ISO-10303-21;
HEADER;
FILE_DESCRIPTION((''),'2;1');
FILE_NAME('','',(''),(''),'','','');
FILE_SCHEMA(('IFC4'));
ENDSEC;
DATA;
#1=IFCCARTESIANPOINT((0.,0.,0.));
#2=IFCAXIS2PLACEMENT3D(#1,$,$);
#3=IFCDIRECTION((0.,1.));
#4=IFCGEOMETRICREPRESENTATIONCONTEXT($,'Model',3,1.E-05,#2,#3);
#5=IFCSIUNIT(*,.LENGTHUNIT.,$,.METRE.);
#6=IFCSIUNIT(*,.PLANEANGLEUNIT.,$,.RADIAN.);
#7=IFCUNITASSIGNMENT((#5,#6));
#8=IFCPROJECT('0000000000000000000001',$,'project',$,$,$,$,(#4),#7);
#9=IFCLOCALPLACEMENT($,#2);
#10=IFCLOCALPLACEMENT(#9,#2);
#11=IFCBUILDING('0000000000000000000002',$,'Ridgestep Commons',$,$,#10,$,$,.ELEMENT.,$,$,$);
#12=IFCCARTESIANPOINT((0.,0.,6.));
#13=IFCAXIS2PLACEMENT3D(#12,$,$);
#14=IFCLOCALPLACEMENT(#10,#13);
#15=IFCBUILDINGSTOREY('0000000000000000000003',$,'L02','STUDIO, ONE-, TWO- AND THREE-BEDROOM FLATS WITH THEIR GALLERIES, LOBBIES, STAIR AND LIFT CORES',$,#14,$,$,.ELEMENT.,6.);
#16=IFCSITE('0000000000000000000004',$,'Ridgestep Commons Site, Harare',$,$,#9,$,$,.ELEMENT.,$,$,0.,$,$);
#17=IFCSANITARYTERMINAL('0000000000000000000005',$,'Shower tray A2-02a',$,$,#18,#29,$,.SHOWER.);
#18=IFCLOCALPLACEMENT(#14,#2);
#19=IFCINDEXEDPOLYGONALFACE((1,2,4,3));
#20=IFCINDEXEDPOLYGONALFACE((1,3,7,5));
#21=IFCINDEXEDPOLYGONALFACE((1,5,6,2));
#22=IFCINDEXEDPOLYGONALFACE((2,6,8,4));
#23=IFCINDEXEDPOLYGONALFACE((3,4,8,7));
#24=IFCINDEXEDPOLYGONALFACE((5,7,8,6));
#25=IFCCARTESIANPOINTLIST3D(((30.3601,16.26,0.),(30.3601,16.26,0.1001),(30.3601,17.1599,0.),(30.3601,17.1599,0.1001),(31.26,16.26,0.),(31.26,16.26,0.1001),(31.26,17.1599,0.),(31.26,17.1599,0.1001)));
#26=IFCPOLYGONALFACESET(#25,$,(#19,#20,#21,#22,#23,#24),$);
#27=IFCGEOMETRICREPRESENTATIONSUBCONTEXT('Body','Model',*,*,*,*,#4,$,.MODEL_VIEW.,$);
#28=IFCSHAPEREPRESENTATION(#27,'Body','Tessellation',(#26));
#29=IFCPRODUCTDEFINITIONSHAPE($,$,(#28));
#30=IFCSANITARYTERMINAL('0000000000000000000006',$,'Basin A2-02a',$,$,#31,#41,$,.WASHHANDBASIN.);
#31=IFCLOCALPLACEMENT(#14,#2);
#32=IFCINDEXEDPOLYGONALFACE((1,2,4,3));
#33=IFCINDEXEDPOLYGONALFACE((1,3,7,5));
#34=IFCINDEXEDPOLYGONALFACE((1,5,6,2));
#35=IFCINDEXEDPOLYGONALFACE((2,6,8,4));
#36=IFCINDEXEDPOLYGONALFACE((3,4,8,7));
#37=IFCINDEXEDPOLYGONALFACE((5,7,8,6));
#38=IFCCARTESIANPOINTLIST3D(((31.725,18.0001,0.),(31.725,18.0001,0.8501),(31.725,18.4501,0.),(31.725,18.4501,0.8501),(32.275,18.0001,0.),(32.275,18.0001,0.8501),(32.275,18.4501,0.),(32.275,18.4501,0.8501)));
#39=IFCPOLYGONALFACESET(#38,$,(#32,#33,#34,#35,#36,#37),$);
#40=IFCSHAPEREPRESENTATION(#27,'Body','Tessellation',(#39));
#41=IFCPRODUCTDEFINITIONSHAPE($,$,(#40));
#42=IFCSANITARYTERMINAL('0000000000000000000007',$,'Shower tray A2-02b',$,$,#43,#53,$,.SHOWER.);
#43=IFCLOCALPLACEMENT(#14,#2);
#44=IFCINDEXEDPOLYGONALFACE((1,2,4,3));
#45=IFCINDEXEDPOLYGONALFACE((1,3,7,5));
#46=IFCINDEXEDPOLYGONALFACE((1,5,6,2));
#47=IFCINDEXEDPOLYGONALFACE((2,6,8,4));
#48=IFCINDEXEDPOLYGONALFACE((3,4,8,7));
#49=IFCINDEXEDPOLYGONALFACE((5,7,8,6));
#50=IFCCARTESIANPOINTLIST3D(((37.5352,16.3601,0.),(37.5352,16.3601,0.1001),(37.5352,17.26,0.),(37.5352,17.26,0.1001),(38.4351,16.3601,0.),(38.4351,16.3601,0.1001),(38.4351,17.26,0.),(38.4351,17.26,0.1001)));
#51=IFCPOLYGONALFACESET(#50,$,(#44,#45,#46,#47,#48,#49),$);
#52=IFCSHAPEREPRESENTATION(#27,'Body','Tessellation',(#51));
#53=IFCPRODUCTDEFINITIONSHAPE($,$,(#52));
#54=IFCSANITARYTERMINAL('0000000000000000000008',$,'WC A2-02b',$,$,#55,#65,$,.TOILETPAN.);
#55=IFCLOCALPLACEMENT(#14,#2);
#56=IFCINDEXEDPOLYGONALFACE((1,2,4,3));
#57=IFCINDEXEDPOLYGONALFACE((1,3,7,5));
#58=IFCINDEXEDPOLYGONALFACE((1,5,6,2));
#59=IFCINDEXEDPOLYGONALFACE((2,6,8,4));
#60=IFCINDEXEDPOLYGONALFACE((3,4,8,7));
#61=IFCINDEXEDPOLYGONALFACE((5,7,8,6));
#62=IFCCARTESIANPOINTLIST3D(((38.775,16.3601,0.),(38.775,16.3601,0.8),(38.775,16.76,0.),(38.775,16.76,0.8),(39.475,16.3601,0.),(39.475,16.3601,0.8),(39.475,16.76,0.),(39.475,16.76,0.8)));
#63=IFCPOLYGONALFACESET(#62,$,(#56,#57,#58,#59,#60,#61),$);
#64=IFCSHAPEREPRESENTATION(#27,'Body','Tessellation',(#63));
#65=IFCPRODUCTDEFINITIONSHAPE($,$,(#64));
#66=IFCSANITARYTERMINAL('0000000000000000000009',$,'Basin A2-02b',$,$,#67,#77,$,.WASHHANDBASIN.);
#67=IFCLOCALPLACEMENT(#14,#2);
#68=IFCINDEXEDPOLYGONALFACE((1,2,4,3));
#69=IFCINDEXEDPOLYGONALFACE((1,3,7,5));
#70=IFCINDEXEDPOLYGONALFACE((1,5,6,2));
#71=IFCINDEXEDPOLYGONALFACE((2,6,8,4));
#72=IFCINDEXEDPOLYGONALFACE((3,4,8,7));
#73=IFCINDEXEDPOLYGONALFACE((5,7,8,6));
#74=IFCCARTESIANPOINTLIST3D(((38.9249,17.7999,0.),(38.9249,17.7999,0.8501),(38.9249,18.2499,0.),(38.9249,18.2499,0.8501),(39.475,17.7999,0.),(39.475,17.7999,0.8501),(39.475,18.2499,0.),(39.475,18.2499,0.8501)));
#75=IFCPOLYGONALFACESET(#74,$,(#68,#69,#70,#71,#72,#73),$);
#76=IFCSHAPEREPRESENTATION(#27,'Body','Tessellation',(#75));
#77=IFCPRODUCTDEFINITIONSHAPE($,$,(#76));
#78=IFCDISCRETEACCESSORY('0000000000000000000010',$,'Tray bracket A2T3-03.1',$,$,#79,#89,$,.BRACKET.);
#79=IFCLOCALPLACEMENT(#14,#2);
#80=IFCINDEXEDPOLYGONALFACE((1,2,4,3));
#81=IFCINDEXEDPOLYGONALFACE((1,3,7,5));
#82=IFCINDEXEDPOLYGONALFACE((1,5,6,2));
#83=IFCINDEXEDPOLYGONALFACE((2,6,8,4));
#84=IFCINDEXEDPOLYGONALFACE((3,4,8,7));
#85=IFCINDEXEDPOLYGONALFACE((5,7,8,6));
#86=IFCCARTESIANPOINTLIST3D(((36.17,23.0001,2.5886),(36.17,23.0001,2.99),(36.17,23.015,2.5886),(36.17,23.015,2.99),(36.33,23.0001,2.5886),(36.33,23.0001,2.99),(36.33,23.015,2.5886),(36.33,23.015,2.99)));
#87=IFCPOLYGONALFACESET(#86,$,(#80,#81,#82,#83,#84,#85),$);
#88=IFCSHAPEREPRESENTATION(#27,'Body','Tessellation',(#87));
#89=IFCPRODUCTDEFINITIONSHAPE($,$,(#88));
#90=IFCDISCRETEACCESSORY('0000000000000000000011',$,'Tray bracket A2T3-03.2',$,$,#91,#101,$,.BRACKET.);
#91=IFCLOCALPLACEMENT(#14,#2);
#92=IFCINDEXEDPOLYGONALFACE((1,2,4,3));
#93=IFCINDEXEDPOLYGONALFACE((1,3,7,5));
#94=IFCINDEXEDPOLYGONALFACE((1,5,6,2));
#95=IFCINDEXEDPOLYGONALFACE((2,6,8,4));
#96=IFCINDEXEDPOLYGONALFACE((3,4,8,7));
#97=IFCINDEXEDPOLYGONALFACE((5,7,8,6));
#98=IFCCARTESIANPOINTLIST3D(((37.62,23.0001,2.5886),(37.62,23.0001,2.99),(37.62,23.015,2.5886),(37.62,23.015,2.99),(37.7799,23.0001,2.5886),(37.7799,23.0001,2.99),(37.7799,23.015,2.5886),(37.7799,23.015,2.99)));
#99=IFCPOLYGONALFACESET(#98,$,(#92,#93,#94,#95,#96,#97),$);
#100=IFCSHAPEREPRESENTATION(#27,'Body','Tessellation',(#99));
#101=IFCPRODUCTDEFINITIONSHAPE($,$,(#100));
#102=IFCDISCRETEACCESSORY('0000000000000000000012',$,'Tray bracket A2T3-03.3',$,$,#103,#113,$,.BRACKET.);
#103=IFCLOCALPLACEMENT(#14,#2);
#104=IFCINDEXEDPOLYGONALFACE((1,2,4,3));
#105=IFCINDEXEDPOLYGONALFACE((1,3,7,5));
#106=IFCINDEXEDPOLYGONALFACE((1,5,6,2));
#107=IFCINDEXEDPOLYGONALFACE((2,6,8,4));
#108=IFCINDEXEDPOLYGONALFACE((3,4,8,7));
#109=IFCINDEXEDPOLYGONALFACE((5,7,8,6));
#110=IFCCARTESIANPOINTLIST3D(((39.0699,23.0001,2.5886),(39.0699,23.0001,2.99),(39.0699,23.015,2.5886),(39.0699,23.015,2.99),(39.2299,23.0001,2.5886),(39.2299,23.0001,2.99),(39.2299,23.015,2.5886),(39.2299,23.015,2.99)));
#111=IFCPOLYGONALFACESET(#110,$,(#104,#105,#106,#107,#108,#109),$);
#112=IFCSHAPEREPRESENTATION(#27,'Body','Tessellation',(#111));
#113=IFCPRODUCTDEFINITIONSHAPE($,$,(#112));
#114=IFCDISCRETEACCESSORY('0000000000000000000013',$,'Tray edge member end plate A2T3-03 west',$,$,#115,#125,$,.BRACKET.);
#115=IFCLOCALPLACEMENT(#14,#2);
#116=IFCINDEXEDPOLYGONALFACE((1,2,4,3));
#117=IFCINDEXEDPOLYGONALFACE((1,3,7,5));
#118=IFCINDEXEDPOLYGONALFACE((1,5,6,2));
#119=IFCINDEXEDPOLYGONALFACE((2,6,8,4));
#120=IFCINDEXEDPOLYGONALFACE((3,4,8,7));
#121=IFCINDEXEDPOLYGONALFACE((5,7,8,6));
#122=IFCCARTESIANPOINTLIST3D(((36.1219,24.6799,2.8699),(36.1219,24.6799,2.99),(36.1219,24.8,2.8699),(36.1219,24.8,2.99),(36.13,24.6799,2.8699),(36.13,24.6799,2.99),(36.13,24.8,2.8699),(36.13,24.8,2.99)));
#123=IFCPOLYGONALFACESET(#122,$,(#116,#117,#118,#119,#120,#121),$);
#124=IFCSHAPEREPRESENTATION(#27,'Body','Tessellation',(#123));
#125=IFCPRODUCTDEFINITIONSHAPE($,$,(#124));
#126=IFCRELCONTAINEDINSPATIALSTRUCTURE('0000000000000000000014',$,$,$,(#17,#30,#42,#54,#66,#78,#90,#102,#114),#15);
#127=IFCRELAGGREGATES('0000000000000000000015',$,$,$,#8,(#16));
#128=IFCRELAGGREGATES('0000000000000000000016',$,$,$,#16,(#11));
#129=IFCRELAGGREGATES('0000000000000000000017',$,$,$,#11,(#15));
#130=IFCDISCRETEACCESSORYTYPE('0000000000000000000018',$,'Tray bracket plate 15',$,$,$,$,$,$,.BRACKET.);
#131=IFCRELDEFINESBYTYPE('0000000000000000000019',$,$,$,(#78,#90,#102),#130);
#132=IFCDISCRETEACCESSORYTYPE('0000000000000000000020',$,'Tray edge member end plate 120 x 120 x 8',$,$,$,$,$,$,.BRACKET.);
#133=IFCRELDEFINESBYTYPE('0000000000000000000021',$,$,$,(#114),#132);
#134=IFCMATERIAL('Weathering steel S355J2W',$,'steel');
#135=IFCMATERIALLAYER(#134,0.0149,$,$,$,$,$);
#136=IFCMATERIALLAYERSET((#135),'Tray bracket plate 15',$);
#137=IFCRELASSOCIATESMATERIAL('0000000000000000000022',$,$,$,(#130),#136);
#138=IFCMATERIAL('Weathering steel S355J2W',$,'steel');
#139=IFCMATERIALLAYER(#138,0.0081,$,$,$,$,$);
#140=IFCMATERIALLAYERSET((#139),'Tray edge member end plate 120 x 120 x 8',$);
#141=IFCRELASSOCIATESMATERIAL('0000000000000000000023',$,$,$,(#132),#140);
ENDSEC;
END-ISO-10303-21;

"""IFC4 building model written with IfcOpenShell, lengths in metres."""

from ifc_helpers import new_model, si_unit, direction, frame, origin, origin_2d, place, context, subcontext, project, spatial, rectangle, extrude, material, layer, layer_set, type_object, element, save


model = new_model("IFC4")

# Units and contexts
model_context = context("Model", 3, precision=1e-05, world=origin(), true_north=direction((0.0, 1.0)))
body_context = subcontext(model_context, "Body", "Model", "MODEL_VIEW")
ifc_project = project(units=[si_unit("LENGTHUNIT", "METRE"), si_unit("PLANEANGLEUNIT", "RADIAN")], contexts=[model_context])

# Site, building, storey
site_placement = place(None, origin())
site = spatial("IfcSite", under=ifc_project, at=site_placement, Name="Ridgestep Commons Site, Harare", CompositionType="ELEMENT", RefElevation=0.0)
building_placement = place(site_placement, origin())
building = spatial("IfcBuilding", under=site, at=building_placement, Name="Ridgestep Commons", CompositionType="ELEMENT")
storey_placement = place(building_placement, frame((0.0, 0.0, 6.0)))
storey = spatial("IfcBuildingStorey", under=building, at=storey_placement, Name="L02", Description="STUDIO, ONE-, TWO- AND THREE-BEDROOM FLATS WITH THEIR GALLERIES, LOBBIES, STAIR AND LIFT CORES", CompositionType="ELEMENT", Elevation=6.0)

# Sanitary terminals
sanitary_terminal_1_placement = place(storey_placement, frame((30.8101, 16.71, 0.0), z_axis=(0.0, 0.0, 1.0), x_axis=(1.0, 0.0, 0.0)))
element("IfcSanitaryTerminal", 1, at=sanitary_terminal_1_placement, inside=storey, Name="Shower tray A2-02a", PredefinedType="SHOWER", context=body_context, shape_type="SweptSolid", body=[
    extrude(rectangle(XDim=0.8999, YDim=0.8999, at=origin_2d()), origin(), (0.0, 0.0, 1.0), 0.1001),
])
sanitary_terminal_2_placement = place(storey_placement, frame((32.0, 18.2251, 0.0), z_axis=(0.0, 0.0, 1.0), x_axis=(1.0, 0.0, 0.0)))
element("IfcSanitaryTerminal", 2, at=sanitary_terminal_2_placement, inside=storey, Name="Basin A2-02a", PredefinedType="WASHHANDBASIN", context=body_context, shape_type="SweptSolid", body=[
    extrude(rectangle(XDim=0.55, YDim=0.45, at=origin_2d()), origin(), (0.0, 0.0, 1.0), 0.8501),
])
sanitary_terminal_3_placement = place(storey_placement, frame((37.9851, 16.8101, 0.0), z_axis=(0.0, 0.0, 1.0), x_axis=(1.0, 0.0, 0.0)))
element("IfcSanitaryTerminal", 3, at=sanitary_terminal_3_placement, inside=storey, Name="Shower tray A2-02b", PredefinedType="SHOWER", context=body_context, shape_type="SweptSolid", body=[
    extrude(rectangle(XDim=0.8999, YDim=0.8999, at=origin_2d()), origin(), (0.0, 0.0, 1.0), 0.1001),
])
sanitary_terminal_4_placement = place(storey_placement, frame((39.125, 16.5601, 0.0), z_axis=(0.0, 0.0, 1.0), x_axis=(1.0, 0.0, 0.0)))
element("IfcSanitaryTerminal", 4, at=sanitary_terminal_4_placement, inside=storey, Name="WC A2-02b", PredefinedType="TOILETPAN", context=body_context, shape_type="SweptSolid", body=[
    extrude(rectangle(XDim=0.7, YDim=0.3999, at=origin_2d()), origin(), (0.0, 0.0, 1.0), 0.8),
])
sanitary_terminal_5_placement = place(storey_placement, frame((39.2, 18.0249, 0.0), z_axis=(0.0, 0.0, 1.0), x_axis=(1.0, 0.0, 0.0)))
element("IfcSanitaryTerminal", 5, at=sanitary_terminal_5_placement, inside=storey, Name="Basin A2-02b", PredefinedType="WASHHANDBASIN", context=body_context, shape_type="SweptSolid", body=[
    extrude(rectangle(XDim=0.55, YDim=0.45, at=origin_2d()), origin(), (0.0, 0.0, 1.0), 0.8501),
])

# Discrete accessories
ifc_material_1 = material(Name="Weathering steel S355J2W", Category="steel")
ifc_layer_1 = layer(ifc_material_1, 0.0149)
ifc_layer_set_1 = layer_set([ifc_layer_1], Name="Tray bracket plate 15")
discrete_accessory_type_1 = type_object("IfcDiscreteAccessoryType", Name="Tray bracket plate 15", PredefinedType="BRACKET", material=ifc_layer_set_1)
for number, where, z_axis, x_axis, name in (
    (6, (36.25, 23.0076, 2.5886), (0.0, 0.0, 1.0), (1.0, 0.0, 0.0), "Tray bracket A2T3-03.1"),
    (7, (37.7, 23.0076, 2.5886), (0.0, 0.0, 1.0), (1.0, 0.0, 0.0), "Tray bracket A2T3-03.2"),
    (8, (39.1499, 23.0076, 2.5886), (0.0, 0.0, 1.0), (1.0, 0.0, 0.0), "Tray bracket A2T3-03.3"),
):
    element("IfcDiscreteAccessory", number, at=place(storey_placement, frame(where, z_axis=z_axis, x_axis=x_axis)), inside=storey, type_object=discrete_accessory_type_1, Name=name, PredefinedType="BRACKET", context=body_context, shape_type="SweptSolid", body=[
        extrude(rectangle(XDim=0.1599, YDim=0.0149, at=origin_2d()), origin(), (0.0, 0.0, 1.0), 0.4014),
    ])
ifc_material_2 = material(Name="Weathering steel S355J2W", Category="steel")
ifc_layer_2 = layer(ifc_material_2, 0.0081)
ifc_layer_set_2 = layer_set([ifc_layer_2], Name="Tray edge member end plate 120 x 120 x 8")
discrete_accessory_type_2 = type_object("IfcDiscreteAccessoryType", Name="Tray edge member end plate 120 x 120 x 8", PredefinedType="BRACKET", material=ifc_layer_set_2)
discrete_accessory_placement = place(storey_placement, frame((36.126, 24.74, 2.8699), z_axis=(0.0, 0.0, 1.0), x_axis=(1.0, 0.0, 0.0)))
element("IfcDiscreteAccessory", 9, at=discrete_accessory_placement, inside=storey, type_object=discrete_accessory_type_2, Name="Tray edge member end plate A2T3-03 west", PredefinedType="BRACKET", context=body_context, shape_type="SweptSolid", body=[
    extrude(rectangle(XDim=0.0081, YDim=0.1201, at=origin_2d()), origin(), (0.0, 0.0, 1.0), 0.1201),
])

save(model, "model.ifc")
